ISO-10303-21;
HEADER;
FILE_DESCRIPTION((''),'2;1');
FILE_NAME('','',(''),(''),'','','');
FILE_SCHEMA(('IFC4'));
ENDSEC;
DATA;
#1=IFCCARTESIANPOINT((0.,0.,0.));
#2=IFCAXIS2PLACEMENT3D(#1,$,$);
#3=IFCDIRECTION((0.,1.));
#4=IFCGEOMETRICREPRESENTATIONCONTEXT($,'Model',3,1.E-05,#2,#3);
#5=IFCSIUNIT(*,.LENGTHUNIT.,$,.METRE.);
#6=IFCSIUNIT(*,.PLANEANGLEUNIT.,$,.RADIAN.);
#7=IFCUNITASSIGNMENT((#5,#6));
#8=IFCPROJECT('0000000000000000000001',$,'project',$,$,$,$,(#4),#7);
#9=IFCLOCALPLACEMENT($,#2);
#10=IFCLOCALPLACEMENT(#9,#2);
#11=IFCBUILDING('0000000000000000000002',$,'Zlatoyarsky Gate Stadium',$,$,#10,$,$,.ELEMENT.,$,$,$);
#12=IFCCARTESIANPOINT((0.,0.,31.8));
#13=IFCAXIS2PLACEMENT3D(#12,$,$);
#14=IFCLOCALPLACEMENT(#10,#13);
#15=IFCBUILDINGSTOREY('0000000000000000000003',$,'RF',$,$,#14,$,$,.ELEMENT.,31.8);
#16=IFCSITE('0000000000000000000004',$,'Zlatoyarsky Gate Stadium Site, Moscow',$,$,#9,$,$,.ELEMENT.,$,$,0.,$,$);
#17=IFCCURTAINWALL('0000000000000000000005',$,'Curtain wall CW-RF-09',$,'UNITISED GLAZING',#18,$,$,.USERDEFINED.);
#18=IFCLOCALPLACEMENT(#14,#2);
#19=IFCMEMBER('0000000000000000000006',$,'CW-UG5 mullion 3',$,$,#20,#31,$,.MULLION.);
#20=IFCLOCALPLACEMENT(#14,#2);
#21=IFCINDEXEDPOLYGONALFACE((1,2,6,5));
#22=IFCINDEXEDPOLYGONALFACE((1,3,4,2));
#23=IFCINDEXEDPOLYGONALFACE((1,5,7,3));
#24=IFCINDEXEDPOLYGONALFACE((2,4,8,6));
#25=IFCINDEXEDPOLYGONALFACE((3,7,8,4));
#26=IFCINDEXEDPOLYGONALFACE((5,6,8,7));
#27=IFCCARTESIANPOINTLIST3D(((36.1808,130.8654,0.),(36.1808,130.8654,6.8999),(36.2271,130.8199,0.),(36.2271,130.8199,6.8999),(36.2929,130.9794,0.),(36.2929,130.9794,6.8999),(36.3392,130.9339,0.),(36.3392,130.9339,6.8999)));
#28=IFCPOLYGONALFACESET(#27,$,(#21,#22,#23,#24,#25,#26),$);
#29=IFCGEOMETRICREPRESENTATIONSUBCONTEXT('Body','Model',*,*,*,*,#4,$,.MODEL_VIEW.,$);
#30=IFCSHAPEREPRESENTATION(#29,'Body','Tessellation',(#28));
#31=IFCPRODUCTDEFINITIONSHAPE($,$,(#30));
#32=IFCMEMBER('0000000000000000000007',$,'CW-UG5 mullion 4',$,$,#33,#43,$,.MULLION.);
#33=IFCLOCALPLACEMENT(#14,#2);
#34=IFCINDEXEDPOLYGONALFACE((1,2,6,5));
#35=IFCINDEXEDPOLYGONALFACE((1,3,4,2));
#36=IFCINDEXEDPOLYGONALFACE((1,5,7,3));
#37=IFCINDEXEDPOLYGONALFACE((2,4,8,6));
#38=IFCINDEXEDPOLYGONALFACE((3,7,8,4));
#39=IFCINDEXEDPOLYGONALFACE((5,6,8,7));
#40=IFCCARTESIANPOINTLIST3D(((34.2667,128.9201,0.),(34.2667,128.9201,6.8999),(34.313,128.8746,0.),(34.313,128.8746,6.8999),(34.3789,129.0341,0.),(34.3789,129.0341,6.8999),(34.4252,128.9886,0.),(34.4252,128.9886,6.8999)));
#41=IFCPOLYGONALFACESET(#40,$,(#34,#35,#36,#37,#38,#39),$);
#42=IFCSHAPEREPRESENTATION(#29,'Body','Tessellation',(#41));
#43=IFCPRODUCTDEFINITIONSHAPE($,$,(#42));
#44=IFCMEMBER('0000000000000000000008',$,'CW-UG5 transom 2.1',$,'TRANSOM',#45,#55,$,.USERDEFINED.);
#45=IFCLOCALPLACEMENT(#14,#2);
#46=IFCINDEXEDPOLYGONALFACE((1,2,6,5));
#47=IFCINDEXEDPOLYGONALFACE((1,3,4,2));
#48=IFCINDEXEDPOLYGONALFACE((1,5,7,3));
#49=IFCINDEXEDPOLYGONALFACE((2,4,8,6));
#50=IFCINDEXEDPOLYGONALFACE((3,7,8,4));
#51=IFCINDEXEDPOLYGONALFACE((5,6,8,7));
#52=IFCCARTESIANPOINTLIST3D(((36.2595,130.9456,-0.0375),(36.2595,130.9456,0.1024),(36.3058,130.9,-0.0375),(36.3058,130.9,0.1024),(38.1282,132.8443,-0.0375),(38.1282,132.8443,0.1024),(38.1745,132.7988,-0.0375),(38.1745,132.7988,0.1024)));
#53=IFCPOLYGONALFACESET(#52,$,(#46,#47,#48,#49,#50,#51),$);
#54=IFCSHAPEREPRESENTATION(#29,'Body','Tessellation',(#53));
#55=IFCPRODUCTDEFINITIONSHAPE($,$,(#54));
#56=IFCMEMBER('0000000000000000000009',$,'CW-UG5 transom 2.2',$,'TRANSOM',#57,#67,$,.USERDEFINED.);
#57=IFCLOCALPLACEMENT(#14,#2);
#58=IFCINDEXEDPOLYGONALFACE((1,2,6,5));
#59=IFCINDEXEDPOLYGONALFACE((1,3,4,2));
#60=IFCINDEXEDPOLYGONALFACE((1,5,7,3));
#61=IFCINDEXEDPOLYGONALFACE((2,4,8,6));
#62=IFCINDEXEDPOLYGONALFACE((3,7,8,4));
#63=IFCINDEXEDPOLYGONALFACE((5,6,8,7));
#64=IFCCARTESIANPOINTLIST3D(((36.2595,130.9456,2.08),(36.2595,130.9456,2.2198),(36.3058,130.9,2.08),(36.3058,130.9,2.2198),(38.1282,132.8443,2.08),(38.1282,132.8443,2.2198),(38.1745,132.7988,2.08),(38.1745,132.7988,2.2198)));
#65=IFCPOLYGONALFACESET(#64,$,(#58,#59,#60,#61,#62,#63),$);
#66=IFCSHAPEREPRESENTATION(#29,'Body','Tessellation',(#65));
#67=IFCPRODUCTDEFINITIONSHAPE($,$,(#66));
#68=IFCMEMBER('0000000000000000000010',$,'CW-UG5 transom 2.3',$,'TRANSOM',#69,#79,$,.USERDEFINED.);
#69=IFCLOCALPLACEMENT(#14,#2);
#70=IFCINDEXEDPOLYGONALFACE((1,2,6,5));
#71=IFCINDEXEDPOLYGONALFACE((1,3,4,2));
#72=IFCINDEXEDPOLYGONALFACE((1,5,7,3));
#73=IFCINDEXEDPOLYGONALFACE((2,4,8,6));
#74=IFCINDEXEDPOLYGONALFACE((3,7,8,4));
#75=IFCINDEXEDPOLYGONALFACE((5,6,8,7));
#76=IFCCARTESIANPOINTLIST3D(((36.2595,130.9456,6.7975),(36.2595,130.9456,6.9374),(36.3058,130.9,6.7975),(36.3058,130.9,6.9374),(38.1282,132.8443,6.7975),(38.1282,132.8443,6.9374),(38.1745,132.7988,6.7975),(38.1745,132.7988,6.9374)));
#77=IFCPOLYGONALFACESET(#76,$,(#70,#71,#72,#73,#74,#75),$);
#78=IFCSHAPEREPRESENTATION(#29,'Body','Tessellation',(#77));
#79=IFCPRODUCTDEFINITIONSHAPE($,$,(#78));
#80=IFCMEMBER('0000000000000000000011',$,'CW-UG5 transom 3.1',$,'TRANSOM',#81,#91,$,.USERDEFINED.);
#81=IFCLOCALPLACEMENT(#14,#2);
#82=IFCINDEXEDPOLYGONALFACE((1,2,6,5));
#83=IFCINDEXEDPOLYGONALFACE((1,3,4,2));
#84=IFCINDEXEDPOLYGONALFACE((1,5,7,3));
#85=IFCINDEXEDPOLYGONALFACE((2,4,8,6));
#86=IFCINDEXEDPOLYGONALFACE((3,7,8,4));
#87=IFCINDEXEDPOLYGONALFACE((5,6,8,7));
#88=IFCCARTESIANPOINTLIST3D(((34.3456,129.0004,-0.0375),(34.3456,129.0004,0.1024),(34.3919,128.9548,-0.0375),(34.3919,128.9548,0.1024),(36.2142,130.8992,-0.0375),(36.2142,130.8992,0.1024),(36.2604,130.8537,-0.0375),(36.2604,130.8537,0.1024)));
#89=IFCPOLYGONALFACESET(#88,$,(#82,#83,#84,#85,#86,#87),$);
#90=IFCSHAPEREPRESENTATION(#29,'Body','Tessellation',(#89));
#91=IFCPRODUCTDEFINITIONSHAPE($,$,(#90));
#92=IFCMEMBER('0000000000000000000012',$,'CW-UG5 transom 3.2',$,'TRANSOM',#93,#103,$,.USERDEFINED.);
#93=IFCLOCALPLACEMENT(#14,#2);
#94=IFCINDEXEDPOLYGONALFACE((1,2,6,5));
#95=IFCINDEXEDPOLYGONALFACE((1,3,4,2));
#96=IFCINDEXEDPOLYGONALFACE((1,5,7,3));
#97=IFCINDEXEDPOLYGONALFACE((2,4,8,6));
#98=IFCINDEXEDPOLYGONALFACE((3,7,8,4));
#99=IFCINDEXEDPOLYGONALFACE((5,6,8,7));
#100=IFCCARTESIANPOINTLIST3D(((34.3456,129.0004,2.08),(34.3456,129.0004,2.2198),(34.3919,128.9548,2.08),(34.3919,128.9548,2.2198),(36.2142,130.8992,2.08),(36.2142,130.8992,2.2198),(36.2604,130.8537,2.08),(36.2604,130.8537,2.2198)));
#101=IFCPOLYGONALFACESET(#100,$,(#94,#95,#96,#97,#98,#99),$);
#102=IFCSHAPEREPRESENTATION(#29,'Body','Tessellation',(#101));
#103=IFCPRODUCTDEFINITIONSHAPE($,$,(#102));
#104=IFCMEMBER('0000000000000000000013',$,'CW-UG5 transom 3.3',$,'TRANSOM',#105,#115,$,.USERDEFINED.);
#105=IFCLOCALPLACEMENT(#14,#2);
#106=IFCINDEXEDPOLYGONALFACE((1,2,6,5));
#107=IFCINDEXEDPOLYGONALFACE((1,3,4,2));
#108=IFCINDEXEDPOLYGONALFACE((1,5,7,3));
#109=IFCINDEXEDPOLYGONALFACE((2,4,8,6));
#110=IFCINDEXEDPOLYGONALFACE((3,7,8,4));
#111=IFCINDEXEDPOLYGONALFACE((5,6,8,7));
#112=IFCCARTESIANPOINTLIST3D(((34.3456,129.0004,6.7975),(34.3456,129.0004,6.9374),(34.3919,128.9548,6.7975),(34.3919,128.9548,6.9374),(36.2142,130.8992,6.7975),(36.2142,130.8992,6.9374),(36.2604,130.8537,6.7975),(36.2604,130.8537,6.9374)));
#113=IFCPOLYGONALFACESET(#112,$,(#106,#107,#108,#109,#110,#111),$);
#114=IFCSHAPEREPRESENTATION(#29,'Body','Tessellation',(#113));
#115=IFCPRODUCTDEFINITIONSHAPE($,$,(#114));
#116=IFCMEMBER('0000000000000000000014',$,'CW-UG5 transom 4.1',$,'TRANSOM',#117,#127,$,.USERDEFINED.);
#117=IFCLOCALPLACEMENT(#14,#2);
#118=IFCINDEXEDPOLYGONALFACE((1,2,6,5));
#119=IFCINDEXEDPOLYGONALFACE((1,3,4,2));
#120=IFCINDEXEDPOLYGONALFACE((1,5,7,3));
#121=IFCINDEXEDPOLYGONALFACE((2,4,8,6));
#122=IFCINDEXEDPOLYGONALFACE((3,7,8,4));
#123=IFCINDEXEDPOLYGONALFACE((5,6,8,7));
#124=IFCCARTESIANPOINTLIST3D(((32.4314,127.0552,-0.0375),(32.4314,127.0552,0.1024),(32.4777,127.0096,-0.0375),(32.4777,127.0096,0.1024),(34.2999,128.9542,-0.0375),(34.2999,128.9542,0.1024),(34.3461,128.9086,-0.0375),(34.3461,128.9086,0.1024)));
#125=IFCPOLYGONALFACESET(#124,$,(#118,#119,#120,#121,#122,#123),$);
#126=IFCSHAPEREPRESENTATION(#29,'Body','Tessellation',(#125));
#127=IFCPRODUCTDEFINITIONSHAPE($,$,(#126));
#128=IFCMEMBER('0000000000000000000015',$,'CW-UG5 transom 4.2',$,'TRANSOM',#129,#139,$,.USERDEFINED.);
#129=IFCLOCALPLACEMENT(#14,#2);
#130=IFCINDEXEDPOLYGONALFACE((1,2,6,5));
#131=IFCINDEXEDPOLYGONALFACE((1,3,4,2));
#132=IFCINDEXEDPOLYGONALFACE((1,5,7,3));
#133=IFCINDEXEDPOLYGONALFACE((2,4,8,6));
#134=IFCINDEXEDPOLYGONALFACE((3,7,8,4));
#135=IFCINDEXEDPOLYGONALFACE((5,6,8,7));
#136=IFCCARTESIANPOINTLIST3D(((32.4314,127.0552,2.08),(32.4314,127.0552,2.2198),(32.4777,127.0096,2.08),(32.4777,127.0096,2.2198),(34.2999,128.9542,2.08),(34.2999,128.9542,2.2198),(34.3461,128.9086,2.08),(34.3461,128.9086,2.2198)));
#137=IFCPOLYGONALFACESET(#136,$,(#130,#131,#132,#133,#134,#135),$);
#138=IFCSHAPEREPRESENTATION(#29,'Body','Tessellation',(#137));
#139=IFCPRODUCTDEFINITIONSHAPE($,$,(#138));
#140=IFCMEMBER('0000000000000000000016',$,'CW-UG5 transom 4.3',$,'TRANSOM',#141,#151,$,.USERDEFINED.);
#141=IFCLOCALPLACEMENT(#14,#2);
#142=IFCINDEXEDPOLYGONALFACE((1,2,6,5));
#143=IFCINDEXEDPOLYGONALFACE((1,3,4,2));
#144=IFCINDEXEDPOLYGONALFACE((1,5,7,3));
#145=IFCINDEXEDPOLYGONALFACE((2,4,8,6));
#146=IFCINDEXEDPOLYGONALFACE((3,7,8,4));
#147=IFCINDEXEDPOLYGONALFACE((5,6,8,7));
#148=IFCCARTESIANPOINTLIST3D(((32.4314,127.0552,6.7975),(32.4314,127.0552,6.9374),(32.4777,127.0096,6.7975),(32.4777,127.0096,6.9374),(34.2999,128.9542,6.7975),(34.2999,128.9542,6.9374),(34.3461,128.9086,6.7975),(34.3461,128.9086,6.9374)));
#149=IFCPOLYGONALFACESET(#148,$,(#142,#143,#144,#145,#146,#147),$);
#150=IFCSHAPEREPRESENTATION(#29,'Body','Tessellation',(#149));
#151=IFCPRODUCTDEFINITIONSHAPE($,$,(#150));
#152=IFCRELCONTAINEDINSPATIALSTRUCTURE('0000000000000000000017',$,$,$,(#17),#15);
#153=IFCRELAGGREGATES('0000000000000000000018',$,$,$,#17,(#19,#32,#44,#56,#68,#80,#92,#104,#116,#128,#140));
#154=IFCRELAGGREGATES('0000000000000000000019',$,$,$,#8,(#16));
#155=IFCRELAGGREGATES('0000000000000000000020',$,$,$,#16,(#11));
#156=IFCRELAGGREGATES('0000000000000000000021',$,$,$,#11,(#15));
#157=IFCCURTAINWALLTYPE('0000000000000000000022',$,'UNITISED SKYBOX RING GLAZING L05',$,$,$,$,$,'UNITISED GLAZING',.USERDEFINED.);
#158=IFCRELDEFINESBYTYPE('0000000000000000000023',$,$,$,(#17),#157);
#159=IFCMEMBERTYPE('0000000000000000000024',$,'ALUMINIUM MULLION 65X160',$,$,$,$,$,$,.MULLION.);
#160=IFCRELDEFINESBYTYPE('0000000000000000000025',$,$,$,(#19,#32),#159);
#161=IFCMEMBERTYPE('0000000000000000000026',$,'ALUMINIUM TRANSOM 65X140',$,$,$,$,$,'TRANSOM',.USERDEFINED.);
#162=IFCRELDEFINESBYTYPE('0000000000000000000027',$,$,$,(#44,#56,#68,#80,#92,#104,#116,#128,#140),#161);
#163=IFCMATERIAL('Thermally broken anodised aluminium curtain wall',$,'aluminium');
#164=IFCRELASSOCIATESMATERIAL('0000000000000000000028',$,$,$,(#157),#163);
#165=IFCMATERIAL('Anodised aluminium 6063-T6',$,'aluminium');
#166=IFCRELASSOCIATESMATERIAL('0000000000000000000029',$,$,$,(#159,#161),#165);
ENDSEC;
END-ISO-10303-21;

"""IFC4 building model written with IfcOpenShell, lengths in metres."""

from ifc_helpers import new_model, si_unit, direction, frame, origin, origin_2d, place, context, subcontext, project, spatial, rectangle, extrude, material, material_profile, profile_set, type_object, element, aggregate, save


model = new_model("IFC4")

# Units and contexts
model_context = context("Model", 3, precision=1e-05, world=origin(), true_north=direction((0.0, 1.0)))
body_context = subcontext(model_context, "Body", "Model", "MODEL_VIEW")
ifc_project = project(units=[si_unit("LENGTHUNIT", "METRE"), si_unit("PLANEANGLEUNIT", "RADIAN")], contexts=[model_context])

# Site, building, storey
site_placement = place(None, origin())
site = spatial("IfcSite", under=ifc_project, at=site_placement, Name="Zlatoyarsky Gate Stadium Site, Moscow", CompositionType="ELEMENT", RefElevation=0.0)
building_placement = place(site_placement, origin())
building = spatial("IfcBuilding", under=site, at=building_placement, Name="Zlatoyarsky Gate Stadium", CompositionType="ELEMENT")
storey_placement = place(building_placement, frame((0.0, 0.0, 31.8)))
storey = spatial("IfcBuildingStorey", under=building, at=storey_placement, Name="RF", CompositionType="ELEMENT", Elevation=31.8)

# Curtain wall, members
ifc_material_1 = material(Name="Thermally broken anodised aluminium curtain wall", Category="aluminium")
curtain_wall_type = type_object("IfcCurtainWallType", Name="UNITISED SKYBOX RING GLAZING L05", ElementType="UNITISED GLAZING", PredefinedType="USERDEFINED", material=ifc_material_1)
curtain_wall_placement = place(storey_placement, origin())
curtain_wall = element("IfcCurtainWall", 1, at=curtain_wall_placement, inside=storey, type_object=curtain_wall_type, Name="Curtain wall CW-RF-09", ObjectType="UNITISED GLAZING", PredefinedType="USERDEFINED")
ifc_material_2 = material(Name="Anodised aluminium 6063-T6", Category="aluminium")
ifc_material_profile_1 = material_profile(ifc_material_2, rectangle(XDim=0.0649, YDim=0.1599, at=origin_2d()), Name="ALU 65X160")
ifc_profile_set_1 = profile_set([ifc_material_profile_1], Name="Anodised aluminium 6063-T6")
member_type_1 = type_object("IfcMemberType", Name="ALUMINIUM MULLION 65X160", PredefinedType="MULLION", material=ifc_profile_set_1)
member_1_placement = place(storey_placement, frame((36.26, 130.8997, 0.0), z_axis=(0.0, 0.0, 1.0), x_axis=(0.712766, -0.701402, 0.0)))
member_1 = element("IfcMember", 2, at=member_1_placement, type_object=member_type_1, Name="CW-UG5 mullion 3", PredefinedType="MULLION", context=body_context, shape_type="SweptSolid", body=[
    extrude(rectangle(XDim=0.0649, YDim=0.1599, at=origin_2d()), origin(), (0.0, 0.0, 1.0), 6.8999),
])
member_2_placement = place(storey_placement, frame((34.3459, 128.9543, 0.0), z_axis=(0.0, 0.0, 1.0), x_axis=(0.712766, -0.701402, 0.0)))
member_2 = element("IfcMember", 3, at=member_2_placement, type_object=member_type_1, Name="CW-UG5 mullion 4", PredefinedType="MULLION", context=body_context, shape_type="SweptSolid", body=[
    extrude(rectangle(XDim=0.0649, YDim=0.1599, at=origin_2d()), origin(), (0.0, 0.0, 1.0), 6.8999),
])
ifc_material_profile_2 = material_profile(ifc_material_2, rectangle(XDim=0.0649, YDim=0.1399, at=origin_2d()), Name="ALU 65X140")
ifc_profile_set_2 = profile_set([ifc_material_profile_2], Name="Anodised aluminium 6063-T6")
member_type_2 = type_object("IfcMemberType", Name="ALUMINIUM TRANSOM 65X140", ElementType="TRANSOM", PredefinedType="USERDEFINED", material=ifc_profile_set_2)
member_3_placement = place(storey_placement, frame((38.1514, 132.8215, 0.0325), z_axis=(-0.701448, -0.71272, 0.0), x_axis=(0.71272, -0.701448, 0.0)))
member_3 = element("IfcMember", 4, at=member_3_placement, type_object=member_type_2, Name="CW-UG5 transom 2.1", ObjectType="TRANSOM", PredefinedType="USERDEFINED", context=body_context, shape_type="SweptSolid", body=[
    extrude(rectangle(XDim=0.0649, YDim=0.1399, at=origin_2d()), origin(), (0.0, 0.0, 1.0), 2.6641),
])
member_4_placement = place(storey_placement, frame((38.1514, 132.8215, 2.1499), z_axis=(-0.701448, -0.71272, 0.0), x_axis=(0.71272, -0.701448, 0.0)))
member_4 = element("IfcMember", 5, at=member_4_placement, type_object=member_type_2, Name="CW-UG5 transom 2.2", ObjectType="TRANSOM", PredefinedType="USERDEFINED", context=body_context, shape_type="SweptSolid", body=[
    extrude(rectangle(XDim=0.0649, YDim=0.1399, at=origin_2d()), origin(), (0.0, 0.0, 1.0), 2.6641),
])
member_5_placement = place(storey_placement, frame((38.1514, 132.8215, 6.8674), z_axis=(-0.701448, -0.71272, 0.0), x_axis=(0.71272, -0.701448, 0.0)))
member_5 = element("IfcMember", 6, at=member_5_placement, type_object=member_type_2, Name="CW-UG5 transom 2.3", ObjectType="TRANSOM", PredefinedType="USERDEFINED", context=body_context, shape_type="SweptSolid", body=[
    extrude(rectangle(XDim=0.0649, YDim=0.1399, at=origin_2d()), origin(), (0.0, 0.0, 1.0), 2.6641),
])
member_6_placement = place(storey_placement, frame((36.2373, 130.8765, 0.0325), z_axis=(-0.701402, -0.712766, 0.0), x_axis=(0.712766, -0.701402, 0.0)))
member_6 = element("IfcMember", 7, at=member_6_placement, type_object=member_type_2, Name="CW-UG5 transom 3.1", ObjectType="TRANSOM", PredefinedType="USERDEFINED", context=body_context, shape_type="SweptSolid", body=[
    extrude(rectangle(XDim=0.0649, YDim=0.1399, at=origin_2d()), origin(), (0.0, 0.0, 1.0), 2.6641),
])
member_7_placement = place(storey_placement, frame((36.2373, 130.8765, 2.1499), z_axis=(-0.701402, -0.712766, 0.0), x_axis=(0.712766, -0.701402, 0.0)))
member_7 = element("IfcMember", 8, at=member_7_placement, type_object=member_type_2, Name="CW-UG5 transom 3.2", ObjectType="TRANSOM", PredefinedType="USERDEFINED", context=body_context, shape_type="SweptSolid", body=[
    extrude(rectangle(XDim=0.0649, YDim=0.1399, at=origin_2d()), origin(), (0.0, 0.0, 1.0), 2.6641),
])
member_8_placement = place(storey_placement, frame((36.2373, 130.8765, 6.8674), z_axis=(-0.701402, -0.712766, 0.0), x_axis=(0.712766, -0.701402, 0.0)))
member_8 = element("IfcMember", 9, at=member_8_placement, type_object=member_type_2, Name="CW-UG5 transom 3.3", ObjectType="TRANSOM", PredefinedType="USERDEFINED", context=body_context, shape_type="SweptSolid", body=[
    extrude(rectangle(XDim=0.0649, YDim=0.1399, at=origin_2d()), origin(), (0.0, 0.0, 1.0), 2.6641),
])
member_9_placement = place(storey_placement, frame((34.323, 128.9314, 0.0325), z_axis=(-0.701356, -0.712811, 0.0), x_axis=(0.712811, -0.701356, 0.0)))
member_9 = element("IfcMember", 10, at=member_9_placement, type_object=member_type_2, Name="CW-UG5 transom 4.1", ObjectType="TRANSOM", PredefinedType="USERDEFINED", context=body_context, shape_type="SweptSolid", body=[
    extrude(rectangle(XDim=0.0649, YDim=0.1399, at=origin_2d()), origin(), (0.0, 0.0, 1.0), 2.6641),
])
member_10_placement = place(storey_placement, frame((34.323, 128.9314, 2.1499), z_axis=(-0.701356, -0.712811, 0.0), x_axis=(0.712811, -0.701356, 0.0)))
member_10 = element("IfcMember", 11, at=member_10_placement, type_object=member_type_2, Name="CW-UG5 transom 4.2", ObjectType="TRANSOM", PredefinedType="USERDEFINED", context=body_context, shape_type="SweptSolid", body=[
    extrude(rectangle(XDim=0.0649, YDim=0.1399, at=origin_2d()), origin(), (0.0, 0.0, 1.0), 2.6641),
])
member_11_placement = place(storey_placement, frame((34.323, 128.9314, 6.8674), z_axis=(-0.701356, -0.712811, 0.0), x_axis=(0.712811, -0.701356, 0.0)))
member_11 = element("IfcMember", 12, at=member_11_placement, type_object=member_type_2, Name="CW-UG5 transom 4.3", ObjectType="TRANSOM", PredefinedType="USERDEFINED", context=body_context, shape_type="SweptSolid", body=[
    extrude(rectangle(XDim=0.0649, YDim=0.1399, at=origin_2d()), origin(), (0.0, 0.0, 1.0), 2.6641),
])

aggregate(curtain_wall, [member_1, member_2, member_3, member_4, member_5, member_6, member_7, member_8, member_9, member_10, member_11])

save(model, "model.ifc")
